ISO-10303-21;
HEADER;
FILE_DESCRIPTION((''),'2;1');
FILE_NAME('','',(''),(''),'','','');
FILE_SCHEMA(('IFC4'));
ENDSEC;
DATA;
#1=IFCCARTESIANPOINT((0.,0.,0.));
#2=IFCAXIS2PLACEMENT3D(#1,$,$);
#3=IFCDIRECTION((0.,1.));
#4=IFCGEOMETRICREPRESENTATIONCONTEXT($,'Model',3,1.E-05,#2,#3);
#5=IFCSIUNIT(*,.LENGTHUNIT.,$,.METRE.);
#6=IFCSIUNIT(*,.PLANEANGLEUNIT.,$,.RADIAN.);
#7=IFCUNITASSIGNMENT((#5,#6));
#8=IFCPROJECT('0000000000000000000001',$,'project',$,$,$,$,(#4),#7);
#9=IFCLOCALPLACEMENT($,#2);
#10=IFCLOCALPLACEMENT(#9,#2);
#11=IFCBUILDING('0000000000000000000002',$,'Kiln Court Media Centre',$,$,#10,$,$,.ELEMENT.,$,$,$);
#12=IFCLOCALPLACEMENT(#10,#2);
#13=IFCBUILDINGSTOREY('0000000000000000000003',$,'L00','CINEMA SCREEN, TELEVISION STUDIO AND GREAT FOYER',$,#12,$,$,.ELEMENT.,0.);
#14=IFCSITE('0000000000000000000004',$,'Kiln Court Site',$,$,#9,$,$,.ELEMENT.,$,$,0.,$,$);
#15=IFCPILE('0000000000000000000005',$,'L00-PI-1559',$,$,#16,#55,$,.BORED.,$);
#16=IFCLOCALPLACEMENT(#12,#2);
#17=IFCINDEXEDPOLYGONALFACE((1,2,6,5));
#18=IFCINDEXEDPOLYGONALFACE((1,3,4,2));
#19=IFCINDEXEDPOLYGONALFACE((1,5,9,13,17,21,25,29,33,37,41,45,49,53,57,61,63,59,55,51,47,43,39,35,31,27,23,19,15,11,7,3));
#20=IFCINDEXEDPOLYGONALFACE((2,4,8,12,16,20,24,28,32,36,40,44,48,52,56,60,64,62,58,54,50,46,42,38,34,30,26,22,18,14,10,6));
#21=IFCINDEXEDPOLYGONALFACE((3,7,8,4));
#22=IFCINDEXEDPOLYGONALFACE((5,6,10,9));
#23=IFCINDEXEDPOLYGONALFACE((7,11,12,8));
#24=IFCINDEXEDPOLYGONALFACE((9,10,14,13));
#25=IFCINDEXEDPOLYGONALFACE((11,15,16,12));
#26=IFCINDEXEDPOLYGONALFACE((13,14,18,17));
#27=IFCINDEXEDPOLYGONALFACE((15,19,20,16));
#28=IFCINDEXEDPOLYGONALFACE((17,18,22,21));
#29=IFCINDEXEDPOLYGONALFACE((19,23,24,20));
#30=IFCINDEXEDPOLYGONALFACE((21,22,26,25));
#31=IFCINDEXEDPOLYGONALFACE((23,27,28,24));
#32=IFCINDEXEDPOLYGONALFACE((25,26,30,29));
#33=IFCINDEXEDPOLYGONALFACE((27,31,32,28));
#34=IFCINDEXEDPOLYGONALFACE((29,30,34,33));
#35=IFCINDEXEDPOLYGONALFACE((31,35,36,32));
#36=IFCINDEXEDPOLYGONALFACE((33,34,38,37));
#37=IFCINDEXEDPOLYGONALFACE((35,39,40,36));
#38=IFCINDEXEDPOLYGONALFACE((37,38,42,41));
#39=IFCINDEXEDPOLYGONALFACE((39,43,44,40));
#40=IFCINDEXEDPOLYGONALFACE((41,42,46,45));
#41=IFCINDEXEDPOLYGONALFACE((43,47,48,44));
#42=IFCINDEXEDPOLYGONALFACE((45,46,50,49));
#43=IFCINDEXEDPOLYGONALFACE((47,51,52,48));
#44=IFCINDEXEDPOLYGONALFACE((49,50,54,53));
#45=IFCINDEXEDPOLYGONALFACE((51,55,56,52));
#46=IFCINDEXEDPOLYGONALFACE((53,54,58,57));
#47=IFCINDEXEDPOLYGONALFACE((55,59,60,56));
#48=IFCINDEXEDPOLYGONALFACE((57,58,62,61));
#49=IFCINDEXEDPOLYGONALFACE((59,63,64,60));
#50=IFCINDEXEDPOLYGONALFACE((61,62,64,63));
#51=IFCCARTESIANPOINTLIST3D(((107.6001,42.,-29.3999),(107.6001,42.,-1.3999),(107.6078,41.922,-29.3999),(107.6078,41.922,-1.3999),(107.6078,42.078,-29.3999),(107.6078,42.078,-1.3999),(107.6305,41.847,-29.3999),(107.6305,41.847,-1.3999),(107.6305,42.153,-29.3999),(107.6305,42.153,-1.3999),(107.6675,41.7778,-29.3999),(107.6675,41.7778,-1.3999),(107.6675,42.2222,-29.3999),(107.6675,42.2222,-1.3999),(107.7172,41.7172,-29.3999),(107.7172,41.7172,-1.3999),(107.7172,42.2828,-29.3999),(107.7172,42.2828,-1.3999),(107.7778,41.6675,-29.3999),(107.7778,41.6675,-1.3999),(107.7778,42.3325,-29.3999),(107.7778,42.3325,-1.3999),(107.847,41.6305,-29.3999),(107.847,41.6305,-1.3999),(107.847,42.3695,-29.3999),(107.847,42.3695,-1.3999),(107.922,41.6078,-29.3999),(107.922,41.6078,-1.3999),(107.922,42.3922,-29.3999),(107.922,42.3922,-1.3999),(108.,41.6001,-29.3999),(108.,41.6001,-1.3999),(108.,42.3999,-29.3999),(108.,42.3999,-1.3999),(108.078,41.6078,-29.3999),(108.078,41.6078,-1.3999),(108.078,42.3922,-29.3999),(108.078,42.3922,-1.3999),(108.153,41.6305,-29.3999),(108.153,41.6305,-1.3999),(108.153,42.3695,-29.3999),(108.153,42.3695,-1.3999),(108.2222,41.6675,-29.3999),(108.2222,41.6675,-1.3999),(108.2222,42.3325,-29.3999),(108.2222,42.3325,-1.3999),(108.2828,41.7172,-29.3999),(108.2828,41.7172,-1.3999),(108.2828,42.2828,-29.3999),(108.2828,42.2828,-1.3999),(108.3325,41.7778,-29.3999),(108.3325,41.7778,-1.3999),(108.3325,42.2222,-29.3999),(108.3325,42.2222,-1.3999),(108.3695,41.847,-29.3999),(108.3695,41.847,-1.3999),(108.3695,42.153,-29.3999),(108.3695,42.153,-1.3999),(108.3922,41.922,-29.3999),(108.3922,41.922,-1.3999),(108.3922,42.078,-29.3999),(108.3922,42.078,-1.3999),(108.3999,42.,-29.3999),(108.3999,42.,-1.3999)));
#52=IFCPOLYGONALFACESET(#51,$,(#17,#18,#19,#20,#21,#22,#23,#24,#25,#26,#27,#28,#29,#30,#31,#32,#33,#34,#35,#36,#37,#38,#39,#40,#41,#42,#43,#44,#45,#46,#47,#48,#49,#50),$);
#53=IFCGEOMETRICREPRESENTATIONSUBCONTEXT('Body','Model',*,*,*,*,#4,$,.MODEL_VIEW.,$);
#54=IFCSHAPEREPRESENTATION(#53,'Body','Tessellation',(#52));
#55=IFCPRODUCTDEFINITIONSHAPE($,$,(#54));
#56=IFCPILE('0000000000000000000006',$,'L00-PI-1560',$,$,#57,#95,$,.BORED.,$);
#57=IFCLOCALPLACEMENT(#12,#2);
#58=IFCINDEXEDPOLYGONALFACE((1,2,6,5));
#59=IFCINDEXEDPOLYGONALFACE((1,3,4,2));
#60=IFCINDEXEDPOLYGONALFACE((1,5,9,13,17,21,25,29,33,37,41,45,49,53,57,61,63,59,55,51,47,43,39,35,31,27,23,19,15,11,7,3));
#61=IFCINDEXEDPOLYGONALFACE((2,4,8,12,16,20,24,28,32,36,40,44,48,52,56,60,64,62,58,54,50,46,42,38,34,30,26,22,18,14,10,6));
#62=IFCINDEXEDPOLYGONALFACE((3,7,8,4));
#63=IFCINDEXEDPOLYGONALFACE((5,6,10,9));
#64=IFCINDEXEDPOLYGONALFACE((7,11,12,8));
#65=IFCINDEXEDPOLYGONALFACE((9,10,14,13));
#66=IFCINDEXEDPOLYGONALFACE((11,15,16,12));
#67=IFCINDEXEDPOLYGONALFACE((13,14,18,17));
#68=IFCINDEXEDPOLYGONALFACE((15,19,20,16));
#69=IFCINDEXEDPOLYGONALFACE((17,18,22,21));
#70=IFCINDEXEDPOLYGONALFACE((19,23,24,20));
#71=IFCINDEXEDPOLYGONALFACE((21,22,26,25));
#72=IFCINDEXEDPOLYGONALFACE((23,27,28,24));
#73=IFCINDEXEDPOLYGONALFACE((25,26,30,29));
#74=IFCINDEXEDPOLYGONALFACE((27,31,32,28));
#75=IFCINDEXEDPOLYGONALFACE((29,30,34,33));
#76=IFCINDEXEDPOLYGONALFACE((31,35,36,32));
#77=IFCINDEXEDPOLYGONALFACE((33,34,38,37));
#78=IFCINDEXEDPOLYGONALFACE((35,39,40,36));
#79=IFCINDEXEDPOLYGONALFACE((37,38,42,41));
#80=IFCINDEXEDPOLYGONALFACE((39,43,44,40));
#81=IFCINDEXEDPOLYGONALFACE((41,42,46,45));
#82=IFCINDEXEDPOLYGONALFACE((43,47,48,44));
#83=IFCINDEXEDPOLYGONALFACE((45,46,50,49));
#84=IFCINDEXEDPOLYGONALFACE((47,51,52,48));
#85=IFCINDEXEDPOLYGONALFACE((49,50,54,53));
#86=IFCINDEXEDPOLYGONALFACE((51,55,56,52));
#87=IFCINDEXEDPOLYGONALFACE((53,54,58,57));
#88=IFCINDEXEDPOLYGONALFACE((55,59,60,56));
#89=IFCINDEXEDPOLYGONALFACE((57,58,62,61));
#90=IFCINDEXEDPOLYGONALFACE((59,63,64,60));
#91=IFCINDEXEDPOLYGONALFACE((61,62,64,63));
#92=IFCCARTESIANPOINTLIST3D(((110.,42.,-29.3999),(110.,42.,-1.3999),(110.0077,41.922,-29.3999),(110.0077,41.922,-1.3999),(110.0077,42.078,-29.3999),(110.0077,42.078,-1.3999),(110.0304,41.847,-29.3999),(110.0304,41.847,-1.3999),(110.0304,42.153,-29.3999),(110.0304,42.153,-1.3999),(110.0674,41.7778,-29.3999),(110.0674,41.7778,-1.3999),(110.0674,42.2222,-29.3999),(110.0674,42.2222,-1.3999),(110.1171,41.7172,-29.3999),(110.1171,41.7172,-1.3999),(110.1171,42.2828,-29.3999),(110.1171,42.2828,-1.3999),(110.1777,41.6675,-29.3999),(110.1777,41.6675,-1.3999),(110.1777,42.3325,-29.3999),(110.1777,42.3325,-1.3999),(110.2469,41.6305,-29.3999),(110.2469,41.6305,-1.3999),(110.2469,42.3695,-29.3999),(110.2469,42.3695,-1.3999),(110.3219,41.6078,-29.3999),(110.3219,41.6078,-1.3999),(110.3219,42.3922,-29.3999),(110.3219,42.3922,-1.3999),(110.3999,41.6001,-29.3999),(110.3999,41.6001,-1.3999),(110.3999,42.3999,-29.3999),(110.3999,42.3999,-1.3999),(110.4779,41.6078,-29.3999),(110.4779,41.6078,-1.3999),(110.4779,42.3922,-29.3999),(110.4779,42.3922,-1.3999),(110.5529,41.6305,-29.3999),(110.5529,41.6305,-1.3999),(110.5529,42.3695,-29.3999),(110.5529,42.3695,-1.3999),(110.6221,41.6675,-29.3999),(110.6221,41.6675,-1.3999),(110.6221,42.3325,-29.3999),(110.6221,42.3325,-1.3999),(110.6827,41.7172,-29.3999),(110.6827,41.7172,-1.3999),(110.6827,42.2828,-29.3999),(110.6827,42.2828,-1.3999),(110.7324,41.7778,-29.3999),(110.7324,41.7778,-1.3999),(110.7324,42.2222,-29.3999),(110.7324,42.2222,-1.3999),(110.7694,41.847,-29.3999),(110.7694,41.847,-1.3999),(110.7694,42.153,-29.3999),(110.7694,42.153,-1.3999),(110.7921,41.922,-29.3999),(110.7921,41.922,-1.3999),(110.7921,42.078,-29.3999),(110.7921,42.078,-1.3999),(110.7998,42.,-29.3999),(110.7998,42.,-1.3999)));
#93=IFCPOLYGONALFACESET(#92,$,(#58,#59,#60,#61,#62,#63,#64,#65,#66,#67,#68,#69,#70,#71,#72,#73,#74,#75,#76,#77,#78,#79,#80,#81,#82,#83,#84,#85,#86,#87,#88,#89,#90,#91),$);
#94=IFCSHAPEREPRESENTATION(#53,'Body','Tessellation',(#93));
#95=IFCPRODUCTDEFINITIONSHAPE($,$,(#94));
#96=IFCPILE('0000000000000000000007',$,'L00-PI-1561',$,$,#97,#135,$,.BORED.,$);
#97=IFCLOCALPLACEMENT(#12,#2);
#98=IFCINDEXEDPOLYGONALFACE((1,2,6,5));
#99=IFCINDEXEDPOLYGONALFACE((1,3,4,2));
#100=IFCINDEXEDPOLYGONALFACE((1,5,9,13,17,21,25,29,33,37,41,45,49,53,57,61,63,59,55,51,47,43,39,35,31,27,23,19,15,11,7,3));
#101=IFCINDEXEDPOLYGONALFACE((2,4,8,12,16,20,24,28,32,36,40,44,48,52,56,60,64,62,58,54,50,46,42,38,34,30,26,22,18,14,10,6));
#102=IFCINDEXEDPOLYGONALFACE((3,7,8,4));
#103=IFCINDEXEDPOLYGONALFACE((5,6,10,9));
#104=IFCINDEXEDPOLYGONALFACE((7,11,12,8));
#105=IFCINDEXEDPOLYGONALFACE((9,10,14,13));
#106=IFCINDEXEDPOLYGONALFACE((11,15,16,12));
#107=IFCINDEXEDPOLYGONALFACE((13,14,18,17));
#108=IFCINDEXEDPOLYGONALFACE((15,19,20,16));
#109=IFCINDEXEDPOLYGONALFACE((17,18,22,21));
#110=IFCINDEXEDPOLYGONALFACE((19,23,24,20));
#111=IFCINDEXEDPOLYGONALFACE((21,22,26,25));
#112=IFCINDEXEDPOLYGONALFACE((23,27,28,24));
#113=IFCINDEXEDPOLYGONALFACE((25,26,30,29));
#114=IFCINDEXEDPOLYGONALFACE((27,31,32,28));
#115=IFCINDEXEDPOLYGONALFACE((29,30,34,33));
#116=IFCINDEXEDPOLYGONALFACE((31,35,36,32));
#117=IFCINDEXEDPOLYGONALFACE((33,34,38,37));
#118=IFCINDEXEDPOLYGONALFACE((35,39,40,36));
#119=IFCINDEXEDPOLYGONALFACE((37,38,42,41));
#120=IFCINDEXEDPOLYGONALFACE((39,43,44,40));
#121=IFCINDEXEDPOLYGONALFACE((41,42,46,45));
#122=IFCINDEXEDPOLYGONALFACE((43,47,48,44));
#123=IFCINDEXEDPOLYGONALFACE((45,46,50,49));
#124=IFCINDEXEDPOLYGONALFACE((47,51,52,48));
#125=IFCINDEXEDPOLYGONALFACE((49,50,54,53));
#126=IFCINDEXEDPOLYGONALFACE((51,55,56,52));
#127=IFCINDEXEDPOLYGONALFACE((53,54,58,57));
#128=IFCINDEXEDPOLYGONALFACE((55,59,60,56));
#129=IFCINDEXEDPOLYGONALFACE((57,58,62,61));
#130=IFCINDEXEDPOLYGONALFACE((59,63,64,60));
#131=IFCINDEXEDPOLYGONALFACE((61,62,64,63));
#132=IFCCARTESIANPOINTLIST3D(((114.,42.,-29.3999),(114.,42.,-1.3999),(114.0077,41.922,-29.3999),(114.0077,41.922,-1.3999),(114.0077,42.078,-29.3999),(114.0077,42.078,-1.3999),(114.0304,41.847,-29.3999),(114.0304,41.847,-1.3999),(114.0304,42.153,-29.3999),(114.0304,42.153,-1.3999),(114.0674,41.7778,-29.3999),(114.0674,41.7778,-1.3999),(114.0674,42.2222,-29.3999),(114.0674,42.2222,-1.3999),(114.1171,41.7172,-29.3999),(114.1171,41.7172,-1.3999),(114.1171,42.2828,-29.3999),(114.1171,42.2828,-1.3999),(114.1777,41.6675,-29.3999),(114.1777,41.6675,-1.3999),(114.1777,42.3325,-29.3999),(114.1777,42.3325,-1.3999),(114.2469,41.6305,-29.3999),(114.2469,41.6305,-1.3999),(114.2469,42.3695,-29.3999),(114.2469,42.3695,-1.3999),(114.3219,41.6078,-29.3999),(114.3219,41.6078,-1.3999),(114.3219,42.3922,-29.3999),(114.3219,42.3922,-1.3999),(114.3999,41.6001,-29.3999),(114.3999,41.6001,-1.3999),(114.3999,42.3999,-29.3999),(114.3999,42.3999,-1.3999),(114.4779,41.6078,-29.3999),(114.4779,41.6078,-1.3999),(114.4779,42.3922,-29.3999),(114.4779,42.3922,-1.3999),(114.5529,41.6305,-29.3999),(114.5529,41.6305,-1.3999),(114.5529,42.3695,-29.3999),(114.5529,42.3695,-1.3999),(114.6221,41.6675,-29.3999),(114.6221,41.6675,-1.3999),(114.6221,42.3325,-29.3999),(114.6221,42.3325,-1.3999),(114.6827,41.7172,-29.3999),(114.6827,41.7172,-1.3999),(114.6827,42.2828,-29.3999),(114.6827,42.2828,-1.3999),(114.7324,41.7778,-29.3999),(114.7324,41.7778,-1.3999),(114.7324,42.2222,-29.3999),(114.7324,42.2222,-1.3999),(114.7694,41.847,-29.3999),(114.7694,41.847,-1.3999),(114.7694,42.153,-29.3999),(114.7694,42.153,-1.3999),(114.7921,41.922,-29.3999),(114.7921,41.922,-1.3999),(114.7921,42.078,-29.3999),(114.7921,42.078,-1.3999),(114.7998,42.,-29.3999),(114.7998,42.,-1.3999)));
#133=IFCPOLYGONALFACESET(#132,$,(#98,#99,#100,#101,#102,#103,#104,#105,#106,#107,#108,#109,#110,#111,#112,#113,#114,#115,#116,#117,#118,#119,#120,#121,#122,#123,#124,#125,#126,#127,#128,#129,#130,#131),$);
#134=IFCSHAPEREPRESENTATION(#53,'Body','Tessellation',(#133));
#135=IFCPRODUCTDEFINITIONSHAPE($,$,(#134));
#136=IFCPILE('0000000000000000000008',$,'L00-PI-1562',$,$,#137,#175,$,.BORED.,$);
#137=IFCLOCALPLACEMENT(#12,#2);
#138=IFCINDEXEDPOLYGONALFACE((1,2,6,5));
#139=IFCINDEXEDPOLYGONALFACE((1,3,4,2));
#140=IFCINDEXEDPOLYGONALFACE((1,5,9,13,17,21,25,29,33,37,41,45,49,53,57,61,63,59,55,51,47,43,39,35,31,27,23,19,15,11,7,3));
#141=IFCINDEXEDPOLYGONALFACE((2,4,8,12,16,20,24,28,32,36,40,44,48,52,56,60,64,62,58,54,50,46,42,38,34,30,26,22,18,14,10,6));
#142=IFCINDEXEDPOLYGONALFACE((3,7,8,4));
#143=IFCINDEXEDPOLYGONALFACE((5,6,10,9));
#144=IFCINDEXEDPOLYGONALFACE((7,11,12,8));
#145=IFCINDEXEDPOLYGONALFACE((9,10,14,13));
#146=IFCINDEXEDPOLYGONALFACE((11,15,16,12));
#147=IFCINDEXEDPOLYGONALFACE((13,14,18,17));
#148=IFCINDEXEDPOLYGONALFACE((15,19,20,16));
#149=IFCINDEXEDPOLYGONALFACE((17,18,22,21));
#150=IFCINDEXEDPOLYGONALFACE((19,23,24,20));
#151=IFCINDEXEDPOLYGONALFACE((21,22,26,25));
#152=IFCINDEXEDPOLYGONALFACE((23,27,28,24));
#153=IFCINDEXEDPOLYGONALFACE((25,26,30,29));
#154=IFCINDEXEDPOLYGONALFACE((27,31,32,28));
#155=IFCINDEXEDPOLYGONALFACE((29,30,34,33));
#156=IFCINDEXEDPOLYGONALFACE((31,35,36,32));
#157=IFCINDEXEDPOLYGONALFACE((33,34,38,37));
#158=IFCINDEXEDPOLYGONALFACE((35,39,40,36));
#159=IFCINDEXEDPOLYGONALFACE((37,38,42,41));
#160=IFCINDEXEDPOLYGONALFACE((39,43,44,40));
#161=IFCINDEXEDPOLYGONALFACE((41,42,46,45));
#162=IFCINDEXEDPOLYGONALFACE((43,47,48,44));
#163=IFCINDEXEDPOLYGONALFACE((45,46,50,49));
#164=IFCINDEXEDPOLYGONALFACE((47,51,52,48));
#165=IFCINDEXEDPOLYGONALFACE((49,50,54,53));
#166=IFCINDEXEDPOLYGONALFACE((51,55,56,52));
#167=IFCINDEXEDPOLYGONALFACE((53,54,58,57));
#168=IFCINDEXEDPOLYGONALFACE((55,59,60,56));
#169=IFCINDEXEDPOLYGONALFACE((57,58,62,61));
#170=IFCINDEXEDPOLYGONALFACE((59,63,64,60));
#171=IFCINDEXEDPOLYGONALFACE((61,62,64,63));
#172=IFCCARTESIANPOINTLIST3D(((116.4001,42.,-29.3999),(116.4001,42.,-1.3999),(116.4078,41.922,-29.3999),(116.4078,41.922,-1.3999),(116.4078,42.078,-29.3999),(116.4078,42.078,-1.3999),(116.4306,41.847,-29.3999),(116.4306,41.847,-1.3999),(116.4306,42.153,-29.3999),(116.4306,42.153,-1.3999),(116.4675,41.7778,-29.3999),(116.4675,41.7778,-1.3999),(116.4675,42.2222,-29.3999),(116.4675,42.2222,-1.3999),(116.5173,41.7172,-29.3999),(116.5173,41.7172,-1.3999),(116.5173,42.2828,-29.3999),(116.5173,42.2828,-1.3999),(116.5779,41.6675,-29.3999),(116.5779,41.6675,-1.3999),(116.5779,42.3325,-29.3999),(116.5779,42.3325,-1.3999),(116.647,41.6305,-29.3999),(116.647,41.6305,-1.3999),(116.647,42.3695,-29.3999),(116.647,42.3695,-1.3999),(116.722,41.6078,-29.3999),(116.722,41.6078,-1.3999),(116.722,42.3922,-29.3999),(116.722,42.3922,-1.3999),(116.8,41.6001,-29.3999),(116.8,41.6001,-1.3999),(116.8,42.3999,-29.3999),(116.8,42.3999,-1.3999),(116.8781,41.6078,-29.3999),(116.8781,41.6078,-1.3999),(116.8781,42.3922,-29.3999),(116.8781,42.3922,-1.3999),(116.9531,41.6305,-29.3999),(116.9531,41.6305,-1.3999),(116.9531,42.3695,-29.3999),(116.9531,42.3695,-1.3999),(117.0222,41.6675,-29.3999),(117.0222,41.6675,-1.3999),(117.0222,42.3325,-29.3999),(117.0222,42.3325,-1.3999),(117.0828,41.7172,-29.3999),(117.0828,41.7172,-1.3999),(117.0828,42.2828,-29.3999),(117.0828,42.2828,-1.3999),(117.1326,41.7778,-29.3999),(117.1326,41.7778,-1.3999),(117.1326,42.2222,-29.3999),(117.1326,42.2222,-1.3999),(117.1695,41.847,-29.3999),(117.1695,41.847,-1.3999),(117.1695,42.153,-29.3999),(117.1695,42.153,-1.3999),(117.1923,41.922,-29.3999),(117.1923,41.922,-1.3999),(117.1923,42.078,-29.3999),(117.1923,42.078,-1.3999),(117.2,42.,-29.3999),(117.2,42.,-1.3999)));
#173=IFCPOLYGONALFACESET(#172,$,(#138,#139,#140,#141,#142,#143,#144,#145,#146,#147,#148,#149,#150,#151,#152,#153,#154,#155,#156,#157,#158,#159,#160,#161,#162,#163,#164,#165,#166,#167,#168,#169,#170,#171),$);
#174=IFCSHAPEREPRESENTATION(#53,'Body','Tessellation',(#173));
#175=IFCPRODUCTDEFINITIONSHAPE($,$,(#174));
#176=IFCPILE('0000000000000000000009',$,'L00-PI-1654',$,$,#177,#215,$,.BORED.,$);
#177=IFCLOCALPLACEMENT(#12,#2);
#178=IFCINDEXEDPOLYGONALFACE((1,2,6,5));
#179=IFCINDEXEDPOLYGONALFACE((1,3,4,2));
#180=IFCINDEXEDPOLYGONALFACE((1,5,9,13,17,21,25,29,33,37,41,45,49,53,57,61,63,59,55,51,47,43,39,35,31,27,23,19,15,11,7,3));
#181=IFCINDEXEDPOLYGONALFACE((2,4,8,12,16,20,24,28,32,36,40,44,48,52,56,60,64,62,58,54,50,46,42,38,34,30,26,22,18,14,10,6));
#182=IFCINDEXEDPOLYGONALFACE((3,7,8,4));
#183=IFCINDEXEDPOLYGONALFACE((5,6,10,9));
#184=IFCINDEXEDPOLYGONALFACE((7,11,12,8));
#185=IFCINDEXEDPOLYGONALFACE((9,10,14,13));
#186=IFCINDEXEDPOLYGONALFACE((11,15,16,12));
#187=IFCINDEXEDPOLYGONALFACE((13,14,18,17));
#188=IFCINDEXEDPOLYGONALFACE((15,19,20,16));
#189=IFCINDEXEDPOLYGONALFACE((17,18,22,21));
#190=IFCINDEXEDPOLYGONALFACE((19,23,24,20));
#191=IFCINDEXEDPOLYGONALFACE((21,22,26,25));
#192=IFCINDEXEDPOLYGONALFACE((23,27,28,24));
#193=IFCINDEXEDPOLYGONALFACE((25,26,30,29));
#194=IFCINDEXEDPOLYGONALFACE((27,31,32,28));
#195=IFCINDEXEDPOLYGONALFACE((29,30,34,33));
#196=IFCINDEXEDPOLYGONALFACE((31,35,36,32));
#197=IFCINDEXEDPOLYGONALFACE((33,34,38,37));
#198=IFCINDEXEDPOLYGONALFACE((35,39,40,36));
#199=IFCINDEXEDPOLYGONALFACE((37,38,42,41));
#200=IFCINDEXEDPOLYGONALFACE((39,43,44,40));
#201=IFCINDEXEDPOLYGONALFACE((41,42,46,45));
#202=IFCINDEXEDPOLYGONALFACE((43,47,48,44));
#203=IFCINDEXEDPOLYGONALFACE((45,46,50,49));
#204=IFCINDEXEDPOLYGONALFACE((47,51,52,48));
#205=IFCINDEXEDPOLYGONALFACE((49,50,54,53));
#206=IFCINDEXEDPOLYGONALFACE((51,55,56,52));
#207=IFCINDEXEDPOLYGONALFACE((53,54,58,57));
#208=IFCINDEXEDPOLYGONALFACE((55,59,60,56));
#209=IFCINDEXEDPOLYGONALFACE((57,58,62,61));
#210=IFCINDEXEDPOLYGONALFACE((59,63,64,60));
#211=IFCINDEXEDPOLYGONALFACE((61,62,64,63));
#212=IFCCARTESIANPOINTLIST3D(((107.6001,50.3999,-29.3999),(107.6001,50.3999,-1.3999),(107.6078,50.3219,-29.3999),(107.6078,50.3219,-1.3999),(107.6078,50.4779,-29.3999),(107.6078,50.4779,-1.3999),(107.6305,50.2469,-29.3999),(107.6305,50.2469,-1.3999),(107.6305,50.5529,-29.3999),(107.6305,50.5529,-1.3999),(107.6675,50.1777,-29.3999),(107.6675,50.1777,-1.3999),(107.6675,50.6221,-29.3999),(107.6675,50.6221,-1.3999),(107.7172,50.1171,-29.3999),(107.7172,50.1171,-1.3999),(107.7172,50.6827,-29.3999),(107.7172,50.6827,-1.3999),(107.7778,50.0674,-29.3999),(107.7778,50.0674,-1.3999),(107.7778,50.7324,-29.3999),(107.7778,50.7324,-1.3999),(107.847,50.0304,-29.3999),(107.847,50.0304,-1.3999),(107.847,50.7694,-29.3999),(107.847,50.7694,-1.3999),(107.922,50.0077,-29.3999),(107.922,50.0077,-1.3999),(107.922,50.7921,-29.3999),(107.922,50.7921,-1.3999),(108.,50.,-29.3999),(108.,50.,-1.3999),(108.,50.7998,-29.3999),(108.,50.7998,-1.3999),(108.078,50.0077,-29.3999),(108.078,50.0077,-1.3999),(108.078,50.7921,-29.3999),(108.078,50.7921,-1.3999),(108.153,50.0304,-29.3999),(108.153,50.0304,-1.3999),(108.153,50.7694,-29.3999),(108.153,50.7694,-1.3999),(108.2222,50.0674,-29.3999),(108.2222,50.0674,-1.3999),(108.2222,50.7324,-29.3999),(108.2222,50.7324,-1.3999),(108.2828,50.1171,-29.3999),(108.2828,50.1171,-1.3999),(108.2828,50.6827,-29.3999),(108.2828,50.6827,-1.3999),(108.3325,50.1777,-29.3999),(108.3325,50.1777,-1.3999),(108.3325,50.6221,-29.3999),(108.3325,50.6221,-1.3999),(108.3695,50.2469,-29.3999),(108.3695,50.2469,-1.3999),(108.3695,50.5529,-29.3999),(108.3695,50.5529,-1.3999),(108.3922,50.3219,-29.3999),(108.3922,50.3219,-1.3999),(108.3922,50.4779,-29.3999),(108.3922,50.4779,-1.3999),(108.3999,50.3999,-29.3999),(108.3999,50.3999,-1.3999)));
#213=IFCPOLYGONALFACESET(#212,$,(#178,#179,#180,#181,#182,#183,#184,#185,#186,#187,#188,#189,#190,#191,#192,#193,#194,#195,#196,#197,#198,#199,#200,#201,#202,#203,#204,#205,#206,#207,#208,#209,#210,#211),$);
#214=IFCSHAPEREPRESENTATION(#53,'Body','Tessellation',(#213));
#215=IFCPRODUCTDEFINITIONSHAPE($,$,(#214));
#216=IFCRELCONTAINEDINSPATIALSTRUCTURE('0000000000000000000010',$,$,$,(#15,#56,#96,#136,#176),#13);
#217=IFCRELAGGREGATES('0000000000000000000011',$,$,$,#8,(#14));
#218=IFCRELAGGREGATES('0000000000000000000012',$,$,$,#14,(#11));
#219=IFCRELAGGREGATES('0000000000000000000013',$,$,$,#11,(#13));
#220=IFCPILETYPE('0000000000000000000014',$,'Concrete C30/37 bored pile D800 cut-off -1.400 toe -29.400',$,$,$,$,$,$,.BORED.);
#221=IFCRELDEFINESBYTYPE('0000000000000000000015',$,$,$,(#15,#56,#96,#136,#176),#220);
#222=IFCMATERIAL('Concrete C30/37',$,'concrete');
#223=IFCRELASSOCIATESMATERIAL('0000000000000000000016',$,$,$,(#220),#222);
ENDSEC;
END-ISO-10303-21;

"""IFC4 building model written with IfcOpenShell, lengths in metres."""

from ifc_helpers import new_model, si_unit, direction, frame, origin, origin_2d, place, context, subcontext, project, spatial, circle, extrude, material, material_profile, profile_set, type_object, element, save


model = new_model("IFC4")

# Units and contexts
model_context = context("Model", 3, precision=1e-05, world=origin(), true_north=direction((0.0, 1.0)))
body_context = subcontext(model_context, "Body", "Model", "MODEL_VIEW")
ifc_project = project(units=[si_unit("LENGTHUNIT", "METRE"), si_unit("PLANEANGLEUNIT", "RADIAN")], contexts=[model_context])

# Site, building, storey
site_placement = place(None, origin())
site = spatial("IfcSite", under=ifc_project, at=site_placement, Name="Kiln Court Site", CompositionType="ELEMENT", RefElevation=0.0)
building_placement = place(site_placement, origin())
building = spatial("IfcBuilding", under=site, at=building_placement, Name="Kiln Court Media Centre", CompositionType="ELEMENT")
storey_placement = place(building_placement, origin())
storey = spatial("IfcBuildingStorey", under=building, at=storey_placement, Name="L00", Description="CINEMA SCREEN, TELEVISION STUDIO AND GREAT FOYER", CompositionType="ELEMENT", Elevation=0.0)

# Piles
ifc_material_1 = material(Name="Concrete C30/37", Category="concrete")
ifc_material_profile_1 = material_profile(ifc_material_1, circle(Radius=0.3999, at=origin_2d()), Name="PILE D800")
ifc_profile_set_1 = profile_set([ifc_material_profile_1], Name="Concrete C30/37")
pile_type = type_object("IfcPileType", Name="Concrete C30/37 bored pile D800 cut-off -1.400 toe -29.400", PredefinedType="BORED", material=ifc_profile_set_1)
for number, where, z_axis, x_axis, name in (
    (1, (108.0, 42.0, -1.3999), (0.0, 0.0, -1.0), (1.0, 0.0, 0.0), "L00-PI-1559"),
    (2, (110.3999, 42.0, -1.3999), (0.0, 0.0, -1.0), (1.0, 0.0, 0.0), "L00-PI-1560"),
    (3, (114.3999, 42.0, -1.3999), (0.0, 0.0, -1.0), (1.0, 0.0, 0.0), "L00-PI-1561"),
    (4, (116.8, 42.0, -1.3999), (0.0, 0.0, -1.0), (1.0, 0.0, 0.0), "L00-PI-1562"),
    (5, (108.0, 50.3999, -1.3999), (0.0, 0.0, -1.0), (1.0, 0.0, 0.0), "L00-PI-1654"),
):
    element("IfcPile", number, at=place(storey_placement, frame(where, z_axis=z_axis, x_axis=x_axis)), inside=storey, type_object=pile_type, Name=name, PredefinedType="BORED", context=body_context, shape_type="SweptSolid", body=[
        extrude(circle(Radius=0.3999, at=origin_2d()), origin(), (0.0, 0.0, 1.0), 28.0),
    ])

save(model, "model.ifc")
